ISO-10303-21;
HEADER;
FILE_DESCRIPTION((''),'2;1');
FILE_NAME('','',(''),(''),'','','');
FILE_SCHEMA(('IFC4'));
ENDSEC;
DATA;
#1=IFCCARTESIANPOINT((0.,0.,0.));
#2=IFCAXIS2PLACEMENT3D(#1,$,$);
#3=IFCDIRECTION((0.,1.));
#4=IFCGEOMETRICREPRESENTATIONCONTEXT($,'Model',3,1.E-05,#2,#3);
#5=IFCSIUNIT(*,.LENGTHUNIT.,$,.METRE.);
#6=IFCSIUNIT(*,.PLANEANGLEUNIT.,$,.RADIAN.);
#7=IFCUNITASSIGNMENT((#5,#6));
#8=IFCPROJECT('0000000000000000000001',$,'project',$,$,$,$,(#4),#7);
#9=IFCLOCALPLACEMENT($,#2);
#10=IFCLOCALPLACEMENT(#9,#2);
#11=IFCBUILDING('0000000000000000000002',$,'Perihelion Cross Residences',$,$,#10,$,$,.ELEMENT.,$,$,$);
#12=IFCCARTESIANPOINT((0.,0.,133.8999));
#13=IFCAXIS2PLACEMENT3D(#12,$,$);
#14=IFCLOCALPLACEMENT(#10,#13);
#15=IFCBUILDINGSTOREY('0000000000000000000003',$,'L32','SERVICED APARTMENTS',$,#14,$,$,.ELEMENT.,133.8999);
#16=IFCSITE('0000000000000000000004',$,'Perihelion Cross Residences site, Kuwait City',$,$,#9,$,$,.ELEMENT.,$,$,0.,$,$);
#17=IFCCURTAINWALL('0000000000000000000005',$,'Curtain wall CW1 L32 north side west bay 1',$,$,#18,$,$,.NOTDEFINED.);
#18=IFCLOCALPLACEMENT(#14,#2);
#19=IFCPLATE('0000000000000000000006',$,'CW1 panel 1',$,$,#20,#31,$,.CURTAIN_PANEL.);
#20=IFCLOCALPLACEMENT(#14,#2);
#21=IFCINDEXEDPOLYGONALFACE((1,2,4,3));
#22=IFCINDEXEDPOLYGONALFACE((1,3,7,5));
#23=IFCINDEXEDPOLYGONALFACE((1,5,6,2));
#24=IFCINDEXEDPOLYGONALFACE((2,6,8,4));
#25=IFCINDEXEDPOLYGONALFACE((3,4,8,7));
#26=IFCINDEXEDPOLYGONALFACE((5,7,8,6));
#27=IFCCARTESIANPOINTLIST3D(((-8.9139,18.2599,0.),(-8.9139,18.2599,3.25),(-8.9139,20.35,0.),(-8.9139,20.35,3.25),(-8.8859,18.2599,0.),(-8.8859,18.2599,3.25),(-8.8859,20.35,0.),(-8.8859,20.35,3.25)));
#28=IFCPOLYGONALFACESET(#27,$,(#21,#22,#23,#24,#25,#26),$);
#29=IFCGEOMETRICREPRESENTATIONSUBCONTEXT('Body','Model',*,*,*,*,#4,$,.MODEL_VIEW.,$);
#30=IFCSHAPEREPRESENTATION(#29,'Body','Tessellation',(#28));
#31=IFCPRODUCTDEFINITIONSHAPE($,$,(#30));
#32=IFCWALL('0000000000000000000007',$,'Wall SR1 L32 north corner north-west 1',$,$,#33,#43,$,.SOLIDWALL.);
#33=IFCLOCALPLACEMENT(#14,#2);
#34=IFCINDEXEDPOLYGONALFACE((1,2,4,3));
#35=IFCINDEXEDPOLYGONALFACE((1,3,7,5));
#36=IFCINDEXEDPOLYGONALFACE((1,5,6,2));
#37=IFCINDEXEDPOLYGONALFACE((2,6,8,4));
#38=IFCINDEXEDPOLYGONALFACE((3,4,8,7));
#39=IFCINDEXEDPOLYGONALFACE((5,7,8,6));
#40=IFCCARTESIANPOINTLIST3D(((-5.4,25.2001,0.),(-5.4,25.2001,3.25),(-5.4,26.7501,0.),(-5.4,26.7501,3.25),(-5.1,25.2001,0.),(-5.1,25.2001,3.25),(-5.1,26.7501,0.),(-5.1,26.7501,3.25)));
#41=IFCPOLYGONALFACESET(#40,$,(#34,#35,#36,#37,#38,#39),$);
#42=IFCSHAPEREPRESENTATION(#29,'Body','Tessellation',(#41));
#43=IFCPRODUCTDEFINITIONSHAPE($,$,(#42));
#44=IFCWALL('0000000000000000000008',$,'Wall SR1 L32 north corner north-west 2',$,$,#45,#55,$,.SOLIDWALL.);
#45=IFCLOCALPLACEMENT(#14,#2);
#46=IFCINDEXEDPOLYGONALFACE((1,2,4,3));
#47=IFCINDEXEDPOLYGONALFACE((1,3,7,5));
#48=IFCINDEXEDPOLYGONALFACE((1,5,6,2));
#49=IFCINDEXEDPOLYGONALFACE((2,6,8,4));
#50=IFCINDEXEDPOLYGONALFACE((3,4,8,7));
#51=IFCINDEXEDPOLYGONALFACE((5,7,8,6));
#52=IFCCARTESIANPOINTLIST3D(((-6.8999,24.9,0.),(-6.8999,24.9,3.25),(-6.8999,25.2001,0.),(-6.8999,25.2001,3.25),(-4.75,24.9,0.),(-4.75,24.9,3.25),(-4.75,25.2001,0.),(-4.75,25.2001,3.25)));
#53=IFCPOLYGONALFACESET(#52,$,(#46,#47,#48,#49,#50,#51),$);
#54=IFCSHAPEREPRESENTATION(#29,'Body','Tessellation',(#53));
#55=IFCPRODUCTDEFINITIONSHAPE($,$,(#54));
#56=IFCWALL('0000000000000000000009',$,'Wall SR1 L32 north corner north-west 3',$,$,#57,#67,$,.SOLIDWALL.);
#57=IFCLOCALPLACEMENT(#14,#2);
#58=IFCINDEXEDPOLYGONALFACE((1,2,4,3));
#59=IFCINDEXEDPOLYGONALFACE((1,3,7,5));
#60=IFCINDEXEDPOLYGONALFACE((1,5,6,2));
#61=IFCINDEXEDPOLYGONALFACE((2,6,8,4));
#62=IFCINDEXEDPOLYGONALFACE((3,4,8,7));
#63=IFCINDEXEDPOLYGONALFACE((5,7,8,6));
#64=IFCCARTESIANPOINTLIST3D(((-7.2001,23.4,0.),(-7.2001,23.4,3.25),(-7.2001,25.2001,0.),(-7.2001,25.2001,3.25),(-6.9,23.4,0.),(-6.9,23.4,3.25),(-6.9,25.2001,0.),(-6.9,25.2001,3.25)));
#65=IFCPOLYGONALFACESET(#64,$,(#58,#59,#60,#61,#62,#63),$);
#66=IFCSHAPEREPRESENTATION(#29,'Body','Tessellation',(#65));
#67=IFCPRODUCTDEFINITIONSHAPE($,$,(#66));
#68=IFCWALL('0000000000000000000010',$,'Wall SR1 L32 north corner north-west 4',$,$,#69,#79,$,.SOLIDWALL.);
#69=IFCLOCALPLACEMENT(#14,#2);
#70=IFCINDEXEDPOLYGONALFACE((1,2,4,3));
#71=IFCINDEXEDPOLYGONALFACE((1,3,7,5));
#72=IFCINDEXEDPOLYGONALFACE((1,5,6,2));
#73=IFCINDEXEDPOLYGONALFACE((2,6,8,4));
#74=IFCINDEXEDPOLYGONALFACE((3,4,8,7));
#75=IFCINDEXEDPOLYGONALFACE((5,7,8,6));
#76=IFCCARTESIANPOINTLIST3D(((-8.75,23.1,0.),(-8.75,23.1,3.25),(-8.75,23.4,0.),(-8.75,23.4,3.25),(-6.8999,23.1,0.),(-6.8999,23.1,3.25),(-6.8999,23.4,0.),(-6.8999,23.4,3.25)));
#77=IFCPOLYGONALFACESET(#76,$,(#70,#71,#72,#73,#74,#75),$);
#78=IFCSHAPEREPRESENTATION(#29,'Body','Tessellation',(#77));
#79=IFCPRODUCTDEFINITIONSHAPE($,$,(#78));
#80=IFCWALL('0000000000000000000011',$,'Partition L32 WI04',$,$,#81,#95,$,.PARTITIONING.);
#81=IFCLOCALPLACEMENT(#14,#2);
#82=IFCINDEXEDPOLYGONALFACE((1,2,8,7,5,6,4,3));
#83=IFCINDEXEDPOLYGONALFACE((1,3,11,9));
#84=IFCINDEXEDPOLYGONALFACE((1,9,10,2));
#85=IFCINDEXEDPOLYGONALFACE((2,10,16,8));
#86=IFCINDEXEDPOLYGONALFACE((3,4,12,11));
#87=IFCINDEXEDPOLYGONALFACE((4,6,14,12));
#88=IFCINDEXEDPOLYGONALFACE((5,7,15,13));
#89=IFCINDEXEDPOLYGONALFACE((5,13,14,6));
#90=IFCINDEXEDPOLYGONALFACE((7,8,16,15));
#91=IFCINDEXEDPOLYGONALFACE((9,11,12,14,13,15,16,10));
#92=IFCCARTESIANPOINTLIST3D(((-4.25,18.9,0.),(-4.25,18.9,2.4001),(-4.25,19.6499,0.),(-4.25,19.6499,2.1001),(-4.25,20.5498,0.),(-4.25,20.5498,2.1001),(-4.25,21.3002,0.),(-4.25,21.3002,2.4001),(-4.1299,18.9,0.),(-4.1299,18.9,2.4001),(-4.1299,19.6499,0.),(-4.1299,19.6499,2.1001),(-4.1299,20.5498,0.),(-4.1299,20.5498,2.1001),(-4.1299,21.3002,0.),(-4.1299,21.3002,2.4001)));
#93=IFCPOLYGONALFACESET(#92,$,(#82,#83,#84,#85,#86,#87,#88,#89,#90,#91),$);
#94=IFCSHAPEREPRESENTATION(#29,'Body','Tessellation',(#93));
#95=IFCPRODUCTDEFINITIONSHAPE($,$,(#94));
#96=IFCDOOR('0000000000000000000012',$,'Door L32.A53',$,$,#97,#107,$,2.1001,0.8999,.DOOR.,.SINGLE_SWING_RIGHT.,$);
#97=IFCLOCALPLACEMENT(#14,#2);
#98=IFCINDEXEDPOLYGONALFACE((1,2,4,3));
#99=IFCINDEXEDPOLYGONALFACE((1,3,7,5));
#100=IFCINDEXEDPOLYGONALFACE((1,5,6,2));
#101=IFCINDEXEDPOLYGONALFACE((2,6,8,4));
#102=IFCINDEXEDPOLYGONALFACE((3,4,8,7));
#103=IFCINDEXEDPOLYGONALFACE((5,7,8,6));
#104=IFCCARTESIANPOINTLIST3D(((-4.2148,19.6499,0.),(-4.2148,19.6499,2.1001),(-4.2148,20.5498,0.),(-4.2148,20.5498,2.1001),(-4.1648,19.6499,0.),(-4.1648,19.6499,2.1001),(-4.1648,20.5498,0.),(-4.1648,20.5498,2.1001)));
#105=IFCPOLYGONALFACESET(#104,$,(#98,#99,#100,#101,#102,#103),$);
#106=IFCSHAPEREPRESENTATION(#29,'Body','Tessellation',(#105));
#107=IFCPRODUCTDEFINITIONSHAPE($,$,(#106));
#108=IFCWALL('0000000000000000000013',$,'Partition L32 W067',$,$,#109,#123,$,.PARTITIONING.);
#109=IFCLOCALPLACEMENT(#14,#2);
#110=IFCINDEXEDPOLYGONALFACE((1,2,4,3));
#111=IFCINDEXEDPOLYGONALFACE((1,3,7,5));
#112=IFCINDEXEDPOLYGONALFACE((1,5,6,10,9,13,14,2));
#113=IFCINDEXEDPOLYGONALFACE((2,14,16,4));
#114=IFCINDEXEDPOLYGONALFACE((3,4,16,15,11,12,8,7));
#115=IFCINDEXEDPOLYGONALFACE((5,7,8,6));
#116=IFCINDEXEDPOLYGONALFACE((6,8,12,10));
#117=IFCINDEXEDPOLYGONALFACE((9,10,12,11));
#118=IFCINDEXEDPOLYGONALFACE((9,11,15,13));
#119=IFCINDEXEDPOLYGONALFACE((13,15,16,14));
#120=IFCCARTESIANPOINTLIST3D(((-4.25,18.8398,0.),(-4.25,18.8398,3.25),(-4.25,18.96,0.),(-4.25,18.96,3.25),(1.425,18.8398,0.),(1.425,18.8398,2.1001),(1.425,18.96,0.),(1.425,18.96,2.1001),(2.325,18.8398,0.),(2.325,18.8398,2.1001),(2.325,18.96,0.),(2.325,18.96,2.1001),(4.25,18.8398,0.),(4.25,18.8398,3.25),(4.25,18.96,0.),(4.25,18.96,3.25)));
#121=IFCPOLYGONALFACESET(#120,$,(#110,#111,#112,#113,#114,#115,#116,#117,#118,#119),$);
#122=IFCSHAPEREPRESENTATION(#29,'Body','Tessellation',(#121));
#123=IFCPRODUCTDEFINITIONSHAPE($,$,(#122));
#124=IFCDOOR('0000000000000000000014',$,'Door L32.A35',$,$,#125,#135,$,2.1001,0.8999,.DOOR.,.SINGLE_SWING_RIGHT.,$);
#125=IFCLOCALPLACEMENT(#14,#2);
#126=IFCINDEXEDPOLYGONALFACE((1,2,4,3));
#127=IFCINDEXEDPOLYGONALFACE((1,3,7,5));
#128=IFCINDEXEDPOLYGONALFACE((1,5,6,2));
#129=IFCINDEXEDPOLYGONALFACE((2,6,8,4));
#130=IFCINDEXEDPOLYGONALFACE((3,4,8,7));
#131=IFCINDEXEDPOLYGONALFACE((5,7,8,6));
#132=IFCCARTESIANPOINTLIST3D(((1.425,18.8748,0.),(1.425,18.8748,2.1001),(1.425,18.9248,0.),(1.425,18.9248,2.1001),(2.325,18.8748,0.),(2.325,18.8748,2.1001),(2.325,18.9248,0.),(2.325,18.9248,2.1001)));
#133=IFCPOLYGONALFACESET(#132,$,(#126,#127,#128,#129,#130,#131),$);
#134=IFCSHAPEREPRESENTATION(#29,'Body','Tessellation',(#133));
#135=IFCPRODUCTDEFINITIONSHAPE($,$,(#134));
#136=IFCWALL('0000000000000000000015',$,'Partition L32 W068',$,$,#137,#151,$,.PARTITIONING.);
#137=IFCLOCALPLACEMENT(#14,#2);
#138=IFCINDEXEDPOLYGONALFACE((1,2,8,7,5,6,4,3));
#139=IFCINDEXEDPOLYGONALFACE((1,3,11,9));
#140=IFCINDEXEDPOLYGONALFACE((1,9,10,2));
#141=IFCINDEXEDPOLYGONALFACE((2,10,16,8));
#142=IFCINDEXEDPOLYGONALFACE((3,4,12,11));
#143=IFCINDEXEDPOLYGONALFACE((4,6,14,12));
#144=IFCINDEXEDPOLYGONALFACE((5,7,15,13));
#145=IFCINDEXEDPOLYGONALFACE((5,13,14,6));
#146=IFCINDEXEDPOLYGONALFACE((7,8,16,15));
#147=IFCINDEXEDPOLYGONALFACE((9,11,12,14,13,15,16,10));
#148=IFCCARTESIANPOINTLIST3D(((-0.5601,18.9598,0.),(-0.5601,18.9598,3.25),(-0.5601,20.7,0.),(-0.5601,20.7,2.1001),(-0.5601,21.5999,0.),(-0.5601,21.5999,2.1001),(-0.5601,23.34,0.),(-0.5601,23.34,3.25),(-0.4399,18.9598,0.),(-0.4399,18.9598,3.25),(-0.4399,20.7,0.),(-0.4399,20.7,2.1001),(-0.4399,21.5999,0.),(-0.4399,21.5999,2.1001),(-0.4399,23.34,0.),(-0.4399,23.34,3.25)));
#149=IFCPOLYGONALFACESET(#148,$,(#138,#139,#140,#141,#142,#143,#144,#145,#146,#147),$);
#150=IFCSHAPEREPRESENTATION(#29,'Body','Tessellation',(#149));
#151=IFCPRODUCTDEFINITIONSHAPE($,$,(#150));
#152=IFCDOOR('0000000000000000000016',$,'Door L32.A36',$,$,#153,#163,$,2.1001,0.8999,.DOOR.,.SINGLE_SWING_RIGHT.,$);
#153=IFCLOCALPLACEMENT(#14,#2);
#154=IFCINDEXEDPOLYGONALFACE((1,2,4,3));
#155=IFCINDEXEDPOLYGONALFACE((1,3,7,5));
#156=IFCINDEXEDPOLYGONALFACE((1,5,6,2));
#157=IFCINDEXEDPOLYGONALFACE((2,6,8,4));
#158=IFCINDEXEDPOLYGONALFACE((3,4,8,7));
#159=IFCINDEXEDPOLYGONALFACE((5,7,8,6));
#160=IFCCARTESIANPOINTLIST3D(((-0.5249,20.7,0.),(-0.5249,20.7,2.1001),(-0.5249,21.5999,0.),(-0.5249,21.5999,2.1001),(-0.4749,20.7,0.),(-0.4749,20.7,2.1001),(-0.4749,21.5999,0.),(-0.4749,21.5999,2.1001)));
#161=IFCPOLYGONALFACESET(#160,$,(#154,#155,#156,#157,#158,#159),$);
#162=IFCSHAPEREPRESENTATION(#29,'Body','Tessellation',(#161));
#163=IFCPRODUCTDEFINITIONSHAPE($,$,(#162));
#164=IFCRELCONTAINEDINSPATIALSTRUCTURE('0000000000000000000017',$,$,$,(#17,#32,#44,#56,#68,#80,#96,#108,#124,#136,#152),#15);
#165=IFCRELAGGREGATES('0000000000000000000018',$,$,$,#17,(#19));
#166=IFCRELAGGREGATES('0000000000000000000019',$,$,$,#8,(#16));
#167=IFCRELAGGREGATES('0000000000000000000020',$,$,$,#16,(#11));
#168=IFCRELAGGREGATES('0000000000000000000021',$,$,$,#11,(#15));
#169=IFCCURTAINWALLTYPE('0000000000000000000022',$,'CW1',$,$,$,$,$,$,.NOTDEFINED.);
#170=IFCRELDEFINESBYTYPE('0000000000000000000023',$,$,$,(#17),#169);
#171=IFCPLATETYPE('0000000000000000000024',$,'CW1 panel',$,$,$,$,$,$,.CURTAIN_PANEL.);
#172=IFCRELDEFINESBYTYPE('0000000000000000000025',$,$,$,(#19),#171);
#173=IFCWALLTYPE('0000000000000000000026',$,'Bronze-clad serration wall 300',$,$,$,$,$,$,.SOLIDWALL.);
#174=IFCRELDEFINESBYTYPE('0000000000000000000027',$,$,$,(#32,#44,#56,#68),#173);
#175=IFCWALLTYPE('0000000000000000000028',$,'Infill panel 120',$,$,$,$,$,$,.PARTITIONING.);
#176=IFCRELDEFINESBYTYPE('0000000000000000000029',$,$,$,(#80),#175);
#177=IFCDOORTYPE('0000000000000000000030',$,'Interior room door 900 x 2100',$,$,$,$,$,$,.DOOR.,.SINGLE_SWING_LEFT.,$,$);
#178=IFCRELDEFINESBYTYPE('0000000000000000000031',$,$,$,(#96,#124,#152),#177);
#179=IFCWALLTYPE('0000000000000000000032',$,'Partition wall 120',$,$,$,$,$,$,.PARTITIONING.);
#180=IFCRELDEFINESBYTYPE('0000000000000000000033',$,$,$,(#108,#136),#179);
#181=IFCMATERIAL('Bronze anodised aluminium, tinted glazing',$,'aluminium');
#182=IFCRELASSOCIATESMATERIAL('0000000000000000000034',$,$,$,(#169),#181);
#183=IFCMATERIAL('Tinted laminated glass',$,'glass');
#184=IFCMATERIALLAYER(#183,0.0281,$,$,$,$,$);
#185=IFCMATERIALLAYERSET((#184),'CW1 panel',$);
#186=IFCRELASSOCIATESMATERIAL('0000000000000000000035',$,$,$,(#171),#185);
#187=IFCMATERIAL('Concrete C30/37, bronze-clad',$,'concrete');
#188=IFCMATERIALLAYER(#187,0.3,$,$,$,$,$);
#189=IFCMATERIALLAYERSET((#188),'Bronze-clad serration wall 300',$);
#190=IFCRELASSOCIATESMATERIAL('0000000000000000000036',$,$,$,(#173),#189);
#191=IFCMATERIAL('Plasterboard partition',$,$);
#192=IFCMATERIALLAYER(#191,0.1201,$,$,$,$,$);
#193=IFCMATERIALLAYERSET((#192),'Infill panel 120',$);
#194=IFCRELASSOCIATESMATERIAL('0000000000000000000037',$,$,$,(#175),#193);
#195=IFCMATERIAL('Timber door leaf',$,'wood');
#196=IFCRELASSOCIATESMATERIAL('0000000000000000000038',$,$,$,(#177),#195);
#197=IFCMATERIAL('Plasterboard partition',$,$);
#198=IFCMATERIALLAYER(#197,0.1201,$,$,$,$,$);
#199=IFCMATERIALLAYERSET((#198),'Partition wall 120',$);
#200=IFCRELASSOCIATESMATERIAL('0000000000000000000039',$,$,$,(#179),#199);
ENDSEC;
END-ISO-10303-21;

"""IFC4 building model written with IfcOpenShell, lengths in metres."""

from ifc_helpers import new_model, si_unit, direction, frame, frame_2d, origin, origin_2d, place, context, subcontext, project, spatial, rectangle, extrude, material, layer, layer_set, type_object, element, fill, aggregate, save


model = new_model("IFC4")

# Units and contexts
model_context = context("Model", 3, precision=1e-05, world=origin(), true_north=direction((0.0, 1.0)))
body_context = subcontext(model_context, "Body", "Model", "MODEL_VIEW")
ifc_project = project(units=[si_unit("LENGTHUNIT", "METRE"), si_unit("PLANEANGLEUNIT", "RADIAN")], contexts=[model_context])

# Site, building, storey
site_placement = place(None, origin())
site = spatial("IfcSite", under=ifc_project, at=site_placement, Name="Perihelion Cross Residences site, Kuwait City", CompositionType="ELEMENT", RefElevation=0.0)
building_placement = place(site_placement, origin())
building = spatial("IfcBuilding", under=site, at=building_placement, Name="Perihelion Cross Residences", CompositionType="ELEMENT")
storey_placement = place(building_placement, frame((0.0, 0.0, 133.8999)))
storey = spatial("IfcBuildingStorey", under=building, at=storey_placement, Name="L32", Description="SERVICED APARTMENTS", CompositionType="ELEMENT", Elevation=133.8999)

# Curtain wall
ifc_material_1 = material(Name="Bronze anodised aluminium, tinted glazing", Category="aluminium")
curtain_wall_type = type_object("IfcCurtainWallType", Name="CW1", PredefinedType="NOTDEFINED", material=ifc_material_1)
curtain_wall_1_placement = place(storey_placement, origin())
curtain_wall_1 = element("IfcCurtainWall", 1, at=curtain_wall_1_placement, inside=storey, type_object=curtain_wall_type, Name="Curtain wall CW1 L32 north side west bay 1", PredefinedType="NOTDEFINED")

# Plate
ifc_material_2 = material(Name="Tinted laminated glass", Category="glass")
ifc_layer_1 = layer(ifc_material_2, 0.0281)
ifc_layer_set_1 = layer_set([ifc_layer_1], Name="CW1 panel")
plate_type = type_object("IfcPlateType", Name="CW1 panel", PredefinedType="CURTAIN_PANEL", material=ifc_layer_set_1)
plate_1_placement = place(storey_placement, frame((-8.8999, 19.3049, 0.0), z_axis=(0.0, 0.0, 1.0), x_axis=(0.0, -1.0, 0.0)))
plate_1 = element("IfcPlate", 2, at=plate_1_placement, type_object=plate_type, Name="CW1 panel 1", PredefinedType="CURTAIN_PANEL", context=body_context, shape_type="SweptSolid", body=[
    extrude(rectangle(XDim=2.0901, YDim=0.0281, at=origin_2d()), origin(), (0.0, 0.0, 1.0), 3.25),
])
aggregate(curtain_wall_1, [plate_1])

# Walls
ifc_material_3 = material(Name="Concrete C30/37, bronze-clad", Category="concrete")
ifc_layer_2 = layer(ifc_material_3, 0.3)
ifc_layer_set_2 = layer_set([ifc_layer_2], Name="Bronze-clad serration wall 300")
wall_type_1 = type_object("IfcWallType", Name="Bronze-clad serration wall 300", PredefinedType="SOLIDWALL", material=ifc_layer_set_2)
wall_1_placement = place(storey_placement, frame((-5.25, 26.75, 0.0), z_axis=(0.0, 0.0, 1.0), x_axis=(0.0, -1.0, 0.0)))
element("IfcWall", 3, at=wall_1_placement, inside=storey, type_object=wall_type_1, Name="Wall SR1 L32 north corner north-west 1", PredefinedType="SOLIDWALL", context=body_context, shape_type="SweptSolid", body=[
    extrude(rectangle(XDim=1.55, YDim=0.3, at=frame_2d((0.7749, 0.0))), origin(), (0.0, 0.0, 1.0), 3.25),
])
wall_2_placement = place(storey_placement, frame((-4.75, 25.05, 0.0), z_axis=(0.0, 0.0, 1.0), x_axis=(-1.0, 0.0, 0.0)))
element("IfcWall", 4, at=wall_2_placement, inside=storey, type_object=wall_type_1, Name="Wall SR1 L32 north corner north-west 2", PredefinedType="SOLIDWALL", context=body_context, shape_type="SweptSolid", body=[
    extrude(rectangle(XDim=2.1499, YDim=0.3, at=frame_2d((1.075, 0.0))), origin(), (0.0, 0.0, 1.0), 3.25),
])
wall_3_placement = place(storey_placement, frame((-7.05, 25.2, 0.0), z_axis=(0.0, 0.0, 1.0), x_axis=(0.0, -1.0, 0.0)))
element("IfcWall", 5, at=wall_3_placement, inside=storey, type_object=wall_type_1, Name="Wall SR1 L32 north corner north-west 3", PredefinedType="SOLIDWALL", context=body_context, shape_type="SweptSolid", body=[
    extrude(rectangle(XDim=1.8, YDim=0.3, at=frame_2d((0.8999, 0.0))), origin(), (0.0, 0.0, 1.0), 3.25),
])
wall_4_placement = place(storey_placement, frame((-6.8999, 23.25, 0.0), z_axis=(0.0, 0.0, 1.0), x_axis=(-1.0, 0.0, 0.0)))
element("IfcWall", 6, at=wall_4_placement, inside=storey, type_object=wall_type_1, Name="Wall SR1 L32 north corner north-west 4", PredefinedType="SOLIDWALL", context=body_context, shape_type="SweptSolid", body=[
    extrude(rectangle(XDim=1.8501, YDim=0.3, at=frame_2d((0.925, 0.0))), origin(), (0.0, 0.0, 1.0), 3.25),
])

# Walls, openings, doors
ifc_material_4 = material(Name="Plasterboard partition")
ifc_layer_3 = layer(ifc_material_4, 0.1201)
ifc_layer_set_3 = layer_set([ifc_layer_3], Name="Infill panel 120")
wall_type_2 = type_object("IfcWallType", Name="Infill panel 120", PredefinedType="PARTITIONING", material=ifc_layer_set_3)
wall_5_placement = place(storey_placement, frame((-4.1899, 18.8999, 0.0), z_axis=(0.0, 0.0, 1.0), x_axis=(0.0, 1.0, 0.0)))
wall_5 = element("IfcWall", 7, at=wall_5_placement, inside=storey, type_object=wall_type_2, Name="Partition L32 WI04", PredefinedType="PARTITIONING", context=body_context, shape_type="SweptSolid", body=[
    extrude(rectangle(XDim=2.4001, YDim=0.1201, at=frame_2d((1.2002, 0.0))), origin(), (0.0, 0.0, 1.0), 2.4001),
])
opening_1_placement = place(wall_5_placement, frame((0.75, 0.0, 0.0)))
opening_1 = element("IfcOpeningElement", 8, at=opening_1_placement, cuts=wall_5, PredefinedType="OPENING", context=body_context, shape_type="SweptSolid", body=[
    extrude(rectangle(XDim=0.8999, YDim=2.1001, at=frame_2d((0.45, 1.05))), frame((0.0, 0.0701, 0.0), z_axis=(0.0, -1.0, 0.0), x_axis=(1.0, 0.0, 0.0)), (0.0, 0.0, 1.0), 0.1401),
])
ifc_material_5 = material(Name="Timber door leaf", Category="wood")
door_type_1 = type_object("IfcDoorType", Name="Interior room door 900 x 2100", OperationType="SINGLE_SWING_LEFT", PredefinedType="DOOR", material=ifc_material_5)
door_1_placement = place(opening_1_placement, origin())
door_1 = element("IfcDoor", 9, at=door_1_placement, inside=storey, type_object=door_type_1, Name="Door L32.A53", OperationType="SINGLE_SWING_RIGHT", OverallHeight=2.1001, OverallWidth=0.8999, PredefinedType="DOOR", context=body_context, shape_type="SweptSolid", body=[
    extrude(rectangle(XDim=0.8999, YDim=2.1001, at=frame_2d((0.45, 1.05))), frame((0.0, 0.0249, 0.0), z_axis=(0.0, -1.0, 0.0), x_axis=(1.0, 0.0, 0.0)), (0.0, 0.0, 1.0), 0.05),
])
fill(opening_1, door_1)
ifc_material_6 = material(Name="Plasterboard partition")
ifc_layer_4 = layer(ifc_material_6, 0.1201)
ifc_layer_set_4 = layer_set([ifc_layer_4], Name="Partition wall 120")
wall_type_3 = type_object("IfcWallType", Name="Partition wall 120", PredefinedType="PARTITIONING", material=ifc_layer_set_4)
wall_6_placement = place(storey_placement, frame((-4.25, 18.8999, 0.0), z_axis=(0.0, 0.0, 1.0), x_axis=(1.0, 0.0, 0.0)))
wall_6 = element("IfcWall", 10, at=wall_6_placement, inside=storey, type_object=wall_type_3, Name="Partition L32 W067", PredefinedType="PARTITIONING", context=body_context, shape_type="SweptSolid", body=[
    extrude(rectangle(XDim=8.5, YDim=0.1201, at=frame_2d((4.25, 0.0))), origin(), (0.0, 0.0, 1.0), 3.25),
])
opening_2_placement = place(wall_6_placement, frame((5.675, 0.0, 0.0)))
opening_2 = element("IfcOpeningElement", 11, at=opening_2_placement, cuts=wall_6, PredefinedType="OPENING", context=body_context, shape_type="SweptSolid", body=[
    extrude(rectangle(XDim=0.8999, YDim=2.1001, at=frame_2d((0.45, 1.05))), frame((0.0, 0.0701, 0.0), z_axis=(0.0, -1.0, 0.0), x_axis=(1.0, 0.0, 0.0)), (0.0, 0.0, 1.0), 0.1401),
])
door_2_placement = place(opening_2_placement, origin())
door_2 = element("IfcDoor", 12, at=door_2_placement, inside=storey, type_object=door_type_1, Name="Door L32.A35", OperationType="SINGLE_SWING_RIGHT", OverallHeight=2.1001, OverallWidth=0.8999, PredefinedType="DOOR", context=body_context, shape_type="SweptSolid", body=[
    extrude(rectangle(XDim=0.8999, YDim=2.1001, at=frame_2d((0.45, 1.05))), frame((0.0, 0.0249, 0.0), z_axis=(0.0, -1.0, 0.0), x_axis=(1.0, 0.0, 0.0)), (0.0, 0.0, 1.0), 0.05),
])
fill(opening_2, door_2)
wall_7_placement = place(storey_placement, frame((-0.5, 18.96, 0.0), z_axis=(0.0, 0.0, 1.0), x_axis=(0.0, 1.0, 0.0)))
wall_7 = element("IfcWall", 13, at=wall_7_placement, inside=storey, type_object=wall_type_3, Name="Partition L32 W068", PredefinedType="PARTITIONING", context=body_context, shape_type="SweptSolid", body=[
    extrude(rectangle(XDim=4.3801, YDim=0.1201, at=frame_2d((2.1899, 0.0))), origin(), (0.0, 0.0, 1.0), 3.25),
])
opening_3_placement = place(wall_7_placement, frame((1.74, 0.0, 0.0)))
opening_3 = element("IfcOpeningElement", 14, at=opening_3_placement, cuts=wall_7, PredefinedType="OPENING", context=body_context, shape_type="SweptSolid", body=[
    extrude(rectangle(XDim=0.8999, YDim=2.1001, at=frame_2d((0.45, 1.05))), frame((0.0, 0.0701, 0.0), z_axis=(0.0, -1.0, 0.0), x_axis=(1.0, 0.0, 0.0)), (0.0, 0.0, 1.0), 0.1401),
])
door_3_placement = place(opening_3_placement, origin())
door_3 = element("IfcDoor", 15, at=door_3_placement, inside=storey, type_object=door_type_1, Name="Door L32.A36", OperationType="SINGLE_SWING_RIGHT", OverallHeight=2.1001, OverallWidth=0.8999, PredefinedType="DOOR", context=body_context, shape_type="SweptSolid", body=[
    extrude(rectangle(XDim=0.8999, YDim=2.1001, at=frame_2d((0.45, 1.05))), frame((0.0, 0.0249, 0.0), z_axis=(0.0, -1.0, 0.0), x_axis=(1.0, 0.0, 0.0)), (0.0, 0.0, 1.0), 0.05),
])
fill(opening_3, door_3)

save(model, "model.ifc")
